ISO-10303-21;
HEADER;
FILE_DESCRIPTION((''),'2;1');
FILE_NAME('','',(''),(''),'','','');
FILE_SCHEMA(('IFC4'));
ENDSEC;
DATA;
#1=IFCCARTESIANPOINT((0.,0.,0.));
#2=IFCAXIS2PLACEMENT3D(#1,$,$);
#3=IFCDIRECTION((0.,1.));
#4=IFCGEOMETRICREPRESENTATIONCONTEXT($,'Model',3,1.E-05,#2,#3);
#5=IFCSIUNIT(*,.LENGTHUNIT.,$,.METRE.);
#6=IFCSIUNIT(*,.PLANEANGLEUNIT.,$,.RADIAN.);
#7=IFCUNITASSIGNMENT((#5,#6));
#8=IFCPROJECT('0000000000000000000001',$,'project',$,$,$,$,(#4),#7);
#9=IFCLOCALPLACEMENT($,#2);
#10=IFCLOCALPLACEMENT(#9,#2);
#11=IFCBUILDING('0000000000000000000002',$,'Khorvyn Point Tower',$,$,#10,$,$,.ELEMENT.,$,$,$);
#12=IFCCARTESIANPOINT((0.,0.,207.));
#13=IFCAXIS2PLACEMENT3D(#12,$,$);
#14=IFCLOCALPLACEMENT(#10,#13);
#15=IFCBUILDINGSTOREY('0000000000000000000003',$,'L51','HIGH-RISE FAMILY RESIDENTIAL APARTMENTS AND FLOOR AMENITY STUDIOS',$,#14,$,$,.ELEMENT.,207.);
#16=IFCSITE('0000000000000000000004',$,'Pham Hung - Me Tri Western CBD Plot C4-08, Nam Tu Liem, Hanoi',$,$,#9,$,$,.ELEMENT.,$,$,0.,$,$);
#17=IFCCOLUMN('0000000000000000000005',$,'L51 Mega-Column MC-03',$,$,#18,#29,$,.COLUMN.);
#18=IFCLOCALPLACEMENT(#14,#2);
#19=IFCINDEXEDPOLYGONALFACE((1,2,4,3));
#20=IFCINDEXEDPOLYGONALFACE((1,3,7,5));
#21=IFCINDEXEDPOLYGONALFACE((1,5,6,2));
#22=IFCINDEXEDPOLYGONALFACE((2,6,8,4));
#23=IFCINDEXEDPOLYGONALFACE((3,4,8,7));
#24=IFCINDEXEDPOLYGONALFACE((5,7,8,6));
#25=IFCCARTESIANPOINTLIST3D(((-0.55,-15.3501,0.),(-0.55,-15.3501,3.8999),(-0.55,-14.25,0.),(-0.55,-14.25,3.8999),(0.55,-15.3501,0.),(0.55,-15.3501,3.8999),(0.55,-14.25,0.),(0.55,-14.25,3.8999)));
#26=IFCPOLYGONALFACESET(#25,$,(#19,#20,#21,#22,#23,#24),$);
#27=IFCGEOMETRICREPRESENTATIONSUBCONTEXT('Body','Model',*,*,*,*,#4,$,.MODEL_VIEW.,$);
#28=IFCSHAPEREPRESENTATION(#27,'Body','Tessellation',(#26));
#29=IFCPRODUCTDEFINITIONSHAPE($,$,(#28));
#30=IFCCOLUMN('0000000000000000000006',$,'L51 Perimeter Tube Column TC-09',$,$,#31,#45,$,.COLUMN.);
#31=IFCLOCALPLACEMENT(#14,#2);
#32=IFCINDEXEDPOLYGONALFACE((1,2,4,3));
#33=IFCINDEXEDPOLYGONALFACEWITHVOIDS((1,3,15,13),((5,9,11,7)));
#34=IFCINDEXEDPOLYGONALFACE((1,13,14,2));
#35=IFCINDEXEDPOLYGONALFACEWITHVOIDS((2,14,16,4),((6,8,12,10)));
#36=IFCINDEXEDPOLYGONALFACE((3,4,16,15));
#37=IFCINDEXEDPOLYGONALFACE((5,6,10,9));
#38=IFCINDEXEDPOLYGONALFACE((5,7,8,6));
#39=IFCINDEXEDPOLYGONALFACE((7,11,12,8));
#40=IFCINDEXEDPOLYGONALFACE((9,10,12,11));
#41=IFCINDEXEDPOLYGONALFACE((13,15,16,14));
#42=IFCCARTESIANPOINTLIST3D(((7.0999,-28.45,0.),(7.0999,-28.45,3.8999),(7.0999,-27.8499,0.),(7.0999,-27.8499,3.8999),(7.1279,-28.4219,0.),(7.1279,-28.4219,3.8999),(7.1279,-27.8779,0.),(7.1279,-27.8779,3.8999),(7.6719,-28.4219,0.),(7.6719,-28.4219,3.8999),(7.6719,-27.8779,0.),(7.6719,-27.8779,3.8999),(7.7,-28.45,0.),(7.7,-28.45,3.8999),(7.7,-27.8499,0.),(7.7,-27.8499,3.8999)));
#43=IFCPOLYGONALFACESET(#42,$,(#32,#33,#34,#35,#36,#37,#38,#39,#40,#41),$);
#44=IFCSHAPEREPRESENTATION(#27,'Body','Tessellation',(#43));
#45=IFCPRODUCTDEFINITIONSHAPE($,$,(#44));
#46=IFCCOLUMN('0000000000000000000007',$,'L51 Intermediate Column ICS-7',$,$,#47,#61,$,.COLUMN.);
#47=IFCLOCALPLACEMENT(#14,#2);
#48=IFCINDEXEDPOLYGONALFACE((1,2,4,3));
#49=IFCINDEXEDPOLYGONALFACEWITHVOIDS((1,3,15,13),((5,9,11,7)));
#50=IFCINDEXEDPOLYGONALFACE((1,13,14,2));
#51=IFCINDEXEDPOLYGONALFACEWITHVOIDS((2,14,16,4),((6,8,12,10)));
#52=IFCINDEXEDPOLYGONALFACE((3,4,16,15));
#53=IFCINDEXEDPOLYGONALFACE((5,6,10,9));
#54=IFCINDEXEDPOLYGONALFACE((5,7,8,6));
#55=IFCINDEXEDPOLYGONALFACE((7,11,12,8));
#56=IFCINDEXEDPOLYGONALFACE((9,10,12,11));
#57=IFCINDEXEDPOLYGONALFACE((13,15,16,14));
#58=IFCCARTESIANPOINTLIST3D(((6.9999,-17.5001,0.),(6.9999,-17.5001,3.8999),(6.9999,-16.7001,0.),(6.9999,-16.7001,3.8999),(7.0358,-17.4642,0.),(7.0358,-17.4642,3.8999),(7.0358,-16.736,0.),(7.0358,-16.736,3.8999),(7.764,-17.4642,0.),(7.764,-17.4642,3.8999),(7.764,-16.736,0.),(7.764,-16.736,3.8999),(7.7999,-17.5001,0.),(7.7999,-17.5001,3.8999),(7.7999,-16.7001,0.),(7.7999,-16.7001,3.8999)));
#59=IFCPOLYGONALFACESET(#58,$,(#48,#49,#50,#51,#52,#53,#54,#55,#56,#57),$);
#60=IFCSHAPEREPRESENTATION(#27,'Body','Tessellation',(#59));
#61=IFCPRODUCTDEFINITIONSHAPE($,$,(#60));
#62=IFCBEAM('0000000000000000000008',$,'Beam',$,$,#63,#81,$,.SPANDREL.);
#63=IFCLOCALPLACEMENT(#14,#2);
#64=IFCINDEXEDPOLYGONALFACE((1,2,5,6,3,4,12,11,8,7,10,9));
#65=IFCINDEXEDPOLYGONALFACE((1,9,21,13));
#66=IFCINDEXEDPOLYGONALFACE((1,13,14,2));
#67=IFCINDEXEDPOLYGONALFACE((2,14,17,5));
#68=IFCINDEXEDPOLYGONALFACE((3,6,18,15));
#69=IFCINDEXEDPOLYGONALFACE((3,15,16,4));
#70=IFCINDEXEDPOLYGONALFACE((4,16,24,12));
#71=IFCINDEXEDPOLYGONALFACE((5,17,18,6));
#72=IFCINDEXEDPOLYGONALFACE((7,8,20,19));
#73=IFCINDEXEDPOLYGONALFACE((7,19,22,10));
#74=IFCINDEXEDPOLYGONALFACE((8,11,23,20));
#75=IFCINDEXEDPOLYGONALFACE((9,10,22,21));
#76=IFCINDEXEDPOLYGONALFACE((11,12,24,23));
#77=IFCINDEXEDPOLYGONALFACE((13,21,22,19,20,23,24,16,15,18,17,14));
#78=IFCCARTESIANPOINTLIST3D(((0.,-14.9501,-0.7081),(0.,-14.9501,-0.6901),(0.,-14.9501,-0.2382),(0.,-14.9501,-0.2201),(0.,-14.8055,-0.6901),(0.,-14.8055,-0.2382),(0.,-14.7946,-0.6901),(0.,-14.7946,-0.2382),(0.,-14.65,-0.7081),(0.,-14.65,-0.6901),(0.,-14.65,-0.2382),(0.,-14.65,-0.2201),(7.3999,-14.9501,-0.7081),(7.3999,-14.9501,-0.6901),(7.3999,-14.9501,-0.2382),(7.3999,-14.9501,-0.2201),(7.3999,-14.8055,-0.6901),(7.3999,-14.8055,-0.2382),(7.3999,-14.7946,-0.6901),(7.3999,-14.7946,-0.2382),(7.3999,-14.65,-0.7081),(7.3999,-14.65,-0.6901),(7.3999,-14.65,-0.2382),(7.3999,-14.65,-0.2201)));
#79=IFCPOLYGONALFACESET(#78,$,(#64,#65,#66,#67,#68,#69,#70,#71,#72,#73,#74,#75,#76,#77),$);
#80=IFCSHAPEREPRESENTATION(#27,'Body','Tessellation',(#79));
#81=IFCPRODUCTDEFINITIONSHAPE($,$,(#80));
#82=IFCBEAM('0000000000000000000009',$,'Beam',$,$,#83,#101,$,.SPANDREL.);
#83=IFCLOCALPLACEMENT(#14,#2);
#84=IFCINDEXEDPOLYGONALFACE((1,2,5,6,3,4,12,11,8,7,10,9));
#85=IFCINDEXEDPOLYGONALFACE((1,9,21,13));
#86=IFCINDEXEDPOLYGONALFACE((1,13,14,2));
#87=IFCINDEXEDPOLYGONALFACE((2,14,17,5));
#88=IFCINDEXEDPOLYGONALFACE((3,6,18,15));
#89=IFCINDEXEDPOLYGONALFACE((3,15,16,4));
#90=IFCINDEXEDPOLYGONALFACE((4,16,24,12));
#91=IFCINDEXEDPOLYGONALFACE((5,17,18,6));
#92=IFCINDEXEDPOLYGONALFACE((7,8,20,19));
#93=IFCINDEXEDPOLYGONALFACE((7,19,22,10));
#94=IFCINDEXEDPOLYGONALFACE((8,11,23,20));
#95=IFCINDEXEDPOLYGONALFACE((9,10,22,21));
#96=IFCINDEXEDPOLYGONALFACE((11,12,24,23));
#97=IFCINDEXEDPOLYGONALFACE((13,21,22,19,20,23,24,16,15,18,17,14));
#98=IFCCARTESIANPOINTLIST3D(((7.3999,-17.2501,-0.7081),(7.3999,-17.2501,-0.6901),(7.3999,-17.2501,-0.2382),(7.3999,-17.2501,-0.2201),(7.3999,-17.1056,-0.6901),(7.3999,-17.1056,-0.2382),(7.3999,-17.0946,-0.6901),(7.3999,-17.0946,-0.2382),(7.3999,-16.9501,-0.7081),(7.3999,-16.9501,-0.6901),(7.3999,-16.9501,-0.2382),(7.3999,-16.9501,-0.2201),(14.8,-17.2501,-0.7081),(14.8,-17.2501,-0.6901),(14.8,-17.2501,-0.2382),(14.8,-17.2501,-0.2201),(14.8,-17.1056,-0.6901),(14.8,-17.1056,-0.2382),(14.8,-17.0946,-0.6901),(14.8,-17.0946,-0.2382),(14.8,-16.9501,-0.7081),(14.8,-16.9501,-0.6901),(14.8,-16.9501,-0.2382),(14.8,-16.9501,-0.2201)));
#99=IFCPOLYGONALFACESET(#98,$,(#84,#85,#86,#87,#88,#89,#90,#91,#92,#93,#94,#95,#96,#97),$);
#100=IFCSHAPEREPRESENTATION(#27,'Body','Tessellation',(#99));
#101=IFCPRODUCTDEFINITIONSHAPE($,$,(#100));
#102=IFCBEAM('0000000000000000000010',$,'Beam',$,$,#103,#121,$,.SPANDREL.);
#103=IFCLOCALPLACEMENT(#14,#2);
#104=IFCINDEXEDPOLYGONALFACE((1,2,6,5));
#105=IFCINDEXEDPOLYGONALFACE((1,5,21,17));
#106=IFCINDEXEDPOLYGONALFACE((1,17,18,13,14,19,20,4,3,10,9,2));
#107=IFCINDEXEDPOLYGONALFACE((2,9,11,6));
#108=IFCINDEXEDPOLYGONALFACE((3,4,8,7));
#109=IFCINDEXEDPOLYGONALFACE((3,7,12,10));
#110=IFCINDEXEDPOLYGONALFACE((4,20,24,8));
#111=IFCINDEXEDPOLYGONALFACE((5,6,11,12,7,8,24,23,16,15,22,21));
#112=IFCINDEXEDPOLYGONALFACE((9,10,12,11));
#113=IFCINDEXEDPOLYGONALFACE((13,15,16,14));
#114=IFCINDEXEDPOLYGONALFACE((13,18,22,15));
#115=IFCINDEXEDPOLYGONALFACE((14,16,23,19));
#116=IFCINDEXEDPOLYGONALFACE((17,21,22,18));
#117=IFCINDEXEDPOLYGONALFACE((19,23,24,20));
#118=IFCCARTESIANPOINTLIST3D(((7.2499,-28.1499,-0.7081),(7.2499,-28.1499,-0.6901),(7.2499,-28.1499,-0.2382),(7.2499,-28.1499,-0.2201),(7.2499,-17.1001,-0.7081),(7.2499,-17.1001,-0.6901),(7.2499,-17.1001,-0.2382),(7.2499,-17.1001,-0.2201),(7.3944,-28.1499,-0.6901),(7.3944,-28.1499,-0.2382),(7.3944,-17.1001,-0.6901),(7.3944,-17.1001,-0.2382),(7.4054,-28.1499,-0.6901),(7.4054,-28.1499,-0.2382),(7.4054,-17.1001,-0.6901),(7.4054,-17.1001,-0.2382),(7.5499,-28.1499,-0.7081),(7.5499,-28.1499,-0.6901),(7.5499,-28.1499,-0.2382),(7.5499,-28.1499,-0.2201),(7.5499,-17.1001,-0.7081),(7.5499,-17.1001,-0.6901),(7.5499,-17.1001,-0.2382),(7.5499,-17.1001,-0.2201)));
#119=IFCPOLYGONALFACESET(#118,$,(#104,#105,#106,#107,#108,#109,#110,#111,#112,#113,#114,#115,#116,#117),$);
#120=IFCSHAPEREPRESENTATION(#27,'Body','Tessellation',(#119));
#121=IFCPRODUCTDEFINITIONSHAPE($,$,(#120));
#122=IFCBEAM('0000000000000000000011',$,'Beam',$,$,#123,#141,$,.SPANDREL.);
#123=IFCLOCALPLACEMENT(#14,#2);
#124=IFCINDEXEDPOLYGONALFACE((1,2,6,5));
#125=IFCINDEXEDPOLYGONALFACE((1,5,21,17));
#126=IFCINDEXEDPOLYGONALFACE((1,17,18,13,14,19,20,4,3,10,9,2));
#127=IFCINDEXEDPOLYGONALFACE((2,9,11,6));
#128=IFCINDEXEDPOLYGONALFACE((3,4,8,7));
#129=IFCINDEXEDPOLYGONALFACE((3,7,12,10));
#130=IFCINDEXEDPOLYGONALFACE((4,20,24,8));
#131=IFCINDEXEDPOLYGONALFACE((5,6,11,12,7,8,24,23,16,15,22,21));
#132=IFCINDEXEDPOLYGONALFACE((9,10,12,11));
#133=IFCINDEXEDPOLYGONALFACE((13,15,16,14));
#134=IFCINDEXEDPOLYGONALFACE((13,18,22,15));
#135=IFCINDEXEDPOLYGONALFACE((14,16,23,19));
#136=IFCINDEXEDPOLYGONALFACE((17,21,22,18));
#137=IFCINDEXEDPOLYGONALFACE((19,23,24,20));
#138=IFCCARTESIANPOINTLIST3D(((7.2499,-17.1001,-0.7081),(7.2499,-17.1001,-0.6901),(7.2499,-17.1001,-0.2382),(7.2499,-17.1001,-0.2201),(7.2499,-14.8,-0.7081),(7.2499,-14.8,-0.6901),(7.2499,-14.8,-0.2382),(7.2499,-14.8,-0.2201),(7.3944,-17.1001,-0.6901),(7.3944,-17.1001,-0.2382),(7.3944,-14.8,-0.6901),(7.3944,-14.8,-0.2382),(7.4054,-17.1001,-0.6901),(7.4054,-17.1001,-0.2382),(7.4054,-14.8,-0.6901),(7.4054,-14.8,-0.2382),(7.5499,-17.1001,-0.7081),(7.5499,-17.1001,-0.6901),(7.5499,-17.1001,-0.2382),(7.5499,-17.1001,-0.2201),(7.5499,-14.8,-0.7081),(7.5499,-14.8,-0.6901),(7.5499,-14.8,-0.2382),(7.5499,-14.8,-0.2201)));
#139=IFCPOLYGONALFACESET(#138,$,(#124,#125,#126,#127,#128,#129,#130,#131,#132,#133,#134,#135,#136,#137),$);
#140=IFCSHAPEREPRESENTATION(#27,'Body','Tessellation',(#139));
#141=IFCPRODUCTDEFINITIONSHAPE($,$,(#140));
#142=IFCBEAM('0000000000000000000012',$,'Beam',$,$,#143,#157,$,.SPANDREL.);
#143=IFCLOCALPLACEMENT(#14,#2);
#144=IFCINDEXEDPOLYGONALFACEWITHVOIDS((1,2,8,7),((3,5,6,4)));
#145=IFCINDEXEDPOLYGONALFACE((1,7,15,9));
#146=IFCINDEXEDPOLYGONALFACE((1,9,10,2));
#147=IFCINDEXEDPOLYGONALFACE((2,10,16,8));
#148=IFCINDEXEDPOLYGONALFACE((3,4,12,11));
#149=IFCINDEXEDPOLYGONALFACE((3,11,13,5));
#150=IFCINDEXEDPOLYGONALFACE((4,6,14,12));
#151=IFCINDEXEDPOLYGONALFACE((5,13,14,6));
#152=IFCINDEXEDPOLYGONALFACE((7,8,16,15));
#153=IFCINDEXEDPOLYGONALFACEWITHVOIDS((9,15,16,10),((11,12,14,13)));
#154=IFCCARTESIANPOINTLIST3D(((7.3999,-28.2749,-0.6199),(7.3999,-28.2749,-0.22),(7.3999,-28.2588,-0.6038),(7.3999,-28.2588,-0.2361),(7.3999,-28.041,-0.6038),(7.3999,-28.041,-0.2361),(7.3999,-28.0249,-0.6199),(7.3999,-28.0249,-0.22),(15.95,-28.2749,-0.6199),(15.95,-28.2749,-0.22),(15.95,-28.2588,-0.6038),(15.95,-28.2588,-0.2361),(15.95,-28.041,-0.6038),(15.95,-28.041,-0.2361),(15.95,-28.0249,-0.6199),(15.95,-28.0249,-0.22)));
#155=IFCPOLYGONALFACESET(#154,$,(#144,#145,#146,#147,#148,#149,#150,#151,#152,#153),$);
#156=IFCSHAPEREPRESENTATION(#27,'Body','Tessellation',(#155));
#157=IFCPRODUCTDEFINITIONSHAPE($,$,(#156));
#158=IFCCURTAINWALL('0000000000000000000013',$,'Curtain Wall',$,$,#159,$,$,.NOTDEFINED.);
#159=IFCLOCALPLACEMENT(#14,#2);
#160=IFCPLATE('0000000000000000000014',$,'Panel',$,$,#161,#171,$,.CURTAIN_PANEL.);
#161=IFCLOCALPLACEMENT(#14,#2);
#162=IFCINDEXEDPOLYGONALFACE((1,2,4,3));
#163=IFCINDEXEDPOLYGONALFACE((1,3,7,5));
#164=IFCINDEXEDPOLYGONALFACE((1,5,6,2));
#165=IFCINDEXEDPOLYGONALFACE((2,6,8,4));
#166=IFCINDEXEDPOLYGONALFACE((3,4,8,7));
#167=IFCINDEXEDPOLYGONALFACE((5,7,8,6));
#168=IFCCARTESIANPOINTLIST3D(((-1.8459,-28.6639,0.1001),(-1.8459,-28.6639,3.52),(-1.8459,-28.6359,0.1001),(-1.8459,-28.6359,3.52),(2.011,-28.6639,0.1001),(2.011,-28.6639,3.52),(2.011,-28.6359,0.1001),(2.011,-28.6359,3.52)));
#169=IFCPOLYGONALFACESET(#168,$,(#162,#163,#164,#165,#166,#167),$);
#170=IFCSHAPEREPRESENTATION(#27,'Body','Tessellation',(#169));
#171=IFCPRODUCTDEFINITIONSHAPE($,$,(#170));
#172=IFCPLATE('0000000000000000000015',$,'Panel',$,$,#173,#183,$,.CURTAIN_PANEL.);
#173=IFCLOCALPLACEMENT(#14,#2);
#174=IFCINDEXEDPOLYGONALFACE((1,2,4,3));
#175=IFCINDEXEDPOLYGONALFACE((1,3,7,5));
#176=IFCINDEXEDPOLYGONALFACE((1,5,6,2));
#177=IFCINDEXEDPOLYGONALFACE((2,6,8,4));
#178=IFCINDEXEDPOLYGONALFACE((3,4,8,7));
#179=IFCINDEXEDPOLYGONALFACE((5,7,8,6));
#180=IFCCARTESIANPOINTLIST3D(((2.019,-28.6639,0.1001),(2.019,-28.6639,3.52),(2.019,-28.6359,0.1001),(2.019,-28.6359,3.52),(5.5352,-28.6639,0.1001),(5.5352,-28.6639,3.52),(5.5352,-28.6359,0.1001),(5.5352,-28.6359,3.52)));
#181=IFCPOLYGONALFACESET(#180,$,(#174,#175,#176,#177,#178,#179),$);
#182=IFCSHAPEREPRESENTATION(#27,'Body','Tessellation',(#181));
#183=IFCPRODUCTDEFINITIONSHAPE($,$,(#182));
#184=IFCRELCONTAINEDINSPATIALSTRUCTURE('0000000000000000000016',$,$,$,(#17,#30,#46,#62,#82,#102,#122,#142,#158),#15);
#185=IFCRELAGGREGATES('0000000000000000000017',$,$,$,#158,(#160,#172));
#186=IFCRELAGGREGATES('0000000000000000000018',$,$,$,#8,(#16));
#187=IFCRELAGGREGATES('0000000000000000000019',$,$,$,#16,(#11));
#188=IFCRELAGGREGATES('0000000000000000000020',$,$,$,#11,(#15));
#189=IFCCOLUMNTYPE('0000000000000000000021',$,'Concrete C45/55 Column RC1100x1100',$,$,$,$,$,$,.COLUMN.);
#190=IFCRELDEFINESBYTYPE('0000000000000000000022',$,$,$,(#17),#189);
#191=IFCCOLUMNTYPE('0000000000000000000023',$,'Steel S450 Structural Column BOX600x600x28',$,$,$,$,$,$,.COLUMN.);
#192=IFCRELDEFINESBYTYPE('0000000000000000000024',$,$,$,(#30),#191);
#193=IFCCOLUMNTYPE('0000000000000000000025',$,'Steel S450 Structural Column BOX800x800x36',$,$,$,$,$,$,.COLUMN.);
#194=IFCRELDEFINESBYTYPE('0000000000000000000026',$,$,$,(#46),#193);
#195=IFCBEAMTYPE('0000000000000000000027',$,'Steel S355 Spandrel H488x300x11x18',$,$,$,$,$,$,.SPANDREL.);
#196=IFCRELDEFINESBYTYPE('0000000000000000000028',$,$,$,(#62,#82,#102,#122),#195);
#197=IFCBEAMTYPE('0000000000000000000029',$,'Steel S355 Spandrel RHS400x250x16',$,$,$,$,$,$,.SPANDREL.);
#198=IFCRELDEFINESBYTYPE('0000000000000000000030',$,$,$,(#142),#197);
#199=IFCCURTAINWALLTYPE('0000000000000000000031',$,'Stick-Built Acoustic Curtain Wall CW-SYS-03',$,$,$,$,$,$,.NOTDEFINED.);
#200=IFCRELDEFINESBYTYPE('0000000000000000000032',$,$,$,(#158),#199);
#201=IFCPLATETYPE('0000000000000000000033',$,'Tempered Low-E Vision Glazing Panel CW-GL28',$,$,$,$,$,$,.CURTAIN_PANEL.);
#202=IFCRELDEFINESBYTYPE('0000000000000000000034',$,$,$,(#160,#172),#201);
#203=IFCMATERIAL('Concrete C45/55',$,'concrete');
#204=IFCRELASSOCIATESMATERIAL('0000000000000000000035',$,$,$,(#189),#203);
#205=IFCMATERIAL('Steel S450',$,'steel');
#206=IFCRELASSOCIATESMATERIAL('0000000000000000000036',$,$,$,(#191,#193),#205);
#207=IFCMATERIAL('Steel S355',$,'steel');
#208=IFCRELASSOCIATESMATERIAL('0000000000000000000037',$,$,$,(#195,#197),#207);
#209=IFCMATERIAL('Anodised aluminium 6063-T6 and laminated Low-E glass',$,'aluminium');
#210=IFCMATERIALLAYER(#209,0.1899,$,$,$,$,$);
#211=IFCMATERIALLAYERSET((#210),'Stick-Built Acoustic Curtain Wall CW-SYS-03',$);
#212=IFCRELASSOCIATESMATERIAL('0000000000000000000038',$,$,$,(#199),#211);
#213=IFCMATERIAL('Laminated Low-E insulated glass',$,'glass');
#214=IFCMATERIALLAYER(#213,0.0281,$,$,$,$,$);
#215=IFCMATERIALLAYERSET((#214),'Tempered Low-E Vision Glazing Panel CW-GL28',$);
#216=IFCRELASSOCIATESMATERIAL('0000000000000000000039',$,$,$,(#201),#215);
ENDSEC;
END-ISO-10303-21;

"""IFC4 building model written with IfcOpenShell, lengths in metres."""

from ifc_helpers import new_model, si_unit, direction, frame, origin, origin_2d, place, context, subcontext, project, spatial, rectangle, hollow_rectangle, i_section, extrude, material, layer, layer_set, material_profile, profile_set, type_object, element, aggregate, save


model = new_model("IFC4")

# Units and contexts
model_context = context("Model", 3, precision=1e-05, world=origin(), true_north=direction((0.0, 1.0)))
body_context = subcontext(model_context, "Body", "Model", "MODEL_VIEW")
ifc_project = project(units=[si_unit("LENGTHUNIT", "METRE"), si_unit("PLANEANGLEUNIT", "RADIAN")], contexts=[model_context])

# Site, building, storey
site_placement = place(None, origin())
site = spatial("IfcSite", under=ifc_project, at=site_placement, Name="Pham Hung - Me Tri Western CBD Plot C4-08, Nam Tu Liem, Hanoi", CompositionType="ELEMENT", RefElevation=0.0)
building_placement = place(site_placement, origin())
building = spatial("IfcBuilding", under=site, at=building_placement, Name="Khorvyn Point Tower", CompositionType="ELEMENT")
storey_placement = place(building_placement, frame((0.0, 0.0, 207.0)))
storey = spatial("IfcBuildingStorey", under=building, at=storey_placement, Name="L51", Description="HIGH-RISE FAMILY RESIDENTIAL APARTMENTS AND FLOOR AMENITY STUDIOS", CompositionType="ELEMENT", Elevation=207.0)

# Columns
ifc_material_1 = material(Name="Concrete C45/55", Category="concrete")
ifc_material_profile_1 = material_profile(ifc_material_1, rectangle(XDim=1.1001, YDim=1.1001, at=origin_2d()))
ifc_profile_set_1 = profile_set([ifc_material_profile_1], Name="Concrete C45/55 RC1100x1100")
column_type_1 = type_object("IfcColumnType", Name="Concrete C45/55 Column RC1100x1100", PredefinedType="COLUMN", material=ifc_profile_set_1)
column_1_placement = place(storey_placement, frame((0.0, -14.8, 0.0), z_axis=(0.0, 0.0, 1.0), x_axis=(1.0, 0.0, 0.0)))
element("IfcColumn", 1, at=column_1_placement, inside=storey, type_object=column_type_1, Name="L51 Mega-Column MC-03", PredefinedType="COLUMN", context=body_context, shape_type="SweptSolid", body=[
    extrude(rectangle(XDim=1.1001, YDim=1.1001, at=origin_2d()), origin(), (0.0, 0.0, 1.0), 3.8999),
])
ifc_material_2 = material(Name="Steel S450", Category="steel")
ifc_material_profile_2 = material_profile(ifc_material_2, hollow_rectangle(XDim=0.6001, YDim=0.6001, WallThickness=0.0281, at=origin_2d()))
ifc_profile_set_2 = profile_set([ifc_material_profile_2], Name="Steel S450 BOX600x600x28")
column_type_2 = type_object("IfcColumnType", Name="Steel S450 Structural Column BOX600x600x28", PredefinedType="COLUMN", material=ifc_profile_set_2)
column_2_placement = place(storey_placement, frame((7.3999, -28.1499, 0.0), z_axis=(0.0, 0.0, 1.0), x_axis=(1.0, 0.0, 0.0)))
element("IfcColumn", 2, at=column_2_placement, inside=storey, type_object=column_type_2, Name="L51 Perimeter Tube Column TC-09", PredefinedType="COLUMN", context=body_context, shape_type="SweptSolid", body=[
    extrude(hollow_rectangle(XDim=0.6001, YDim=0.6001, WallThickness=0.0281, at=origin_2d()), origin(), (0.0, 0.0, 1.0), 3.8999),
])
ifc_material_profile_3 = material_profile(ifc_material_2, hollow_rectangle(XDim=0.8, YDim=0.8, WallThickness=0.0359, at=origin_2d()))
ifc_profile_set_3 = profile_set([ifc_material_profile_3], Name="Steel S450 BOX800x800x36")
column_type_3 = type_object("IfcColumnType", Name="Steel S450 Structural Column BOX800x800x36", PredefinedType="COLUMN", material=ifc_profile_set_3)
column_3_placement = place(storey_placement, frame((7.3999, -17.1001, 0.0), z_axis=(0.0, 0.0, 1.0), x_axis=(1.0, 0.0, 0.0)))
element("IfcColumn", 3, at=column_3_placement, inside=storey, type_object=column_type_3, Name="L51 Intermediate Column ICS-7", PredefinedType="COLUMN", context=body_context, shape_type="SweptSolid", body=[
    extrude(hollow_rectangle(XDim=0.8, YDim=0.8, WallThickness=0.0359, at=origin_2d()), origin(), (0.0, 0.0, 1.0), 3.8999),
])

# Beams
ifc_material_3 = material(Name="Steel S355", Category="steel")
ifc_material_profile_4 = material_profile(ifc_material_3, i_section(OverallWidth=0.3, OverallDepth=0.488, WebThickness=0.011, FlangeThickness=0.0181, at=origin_2d()))
ifc_profile_set_4 = profile_set([ifc_material_profile_4], Name="Steel S355 H488x300x11x18")
beam_type_1 = type_object("IfcBeamType", Name="Steel S355 Spandrel H488x300x11x18", PredefinedType="SPANDREL", material=ifc_profile_set_4)
beam_1_placement = place(storey_placement, frame((0.0, -14.8, -0.4641), z_axis=(1.0, 0.0, 0.0), x_axis=(0.0, 1.0, 0.0)))
element("IfcBeam", 4, at=beam_1_placement, inside=storey, type_object=beam_type_1, Name="Beam", PredefinedType="SPANDREL", context=body_context, shape_type="SweptSolid", body=[
    extrude(i_section(OverallWidth=0.3, OverallDepth=0.488, WebThickness=0.011, FlangeThickness=0.0181, at=origin_2d()), origin(), (0.0, 0.0, 1.0), 7.3999),
])
beam_2_placement = place(storey_placement, frame((7.3999, -17.1001, -0.4641), z_axis=(1.0, 0.0, 0.0), x_axis=(0.0, 1.0, 0.0)))
element("IfcBeam", 5, at=beam_2_placement, inside=storey, type_object=beam_type_1, Name="Beam", PredefinedType="SPANDREL", context=body_context, shape_type="SweptSolid", body=[
    extrude(i_section(OverallWidth=0.3, OverallDepth=0.488, WebThickness=0.011, FlangeThickness=0.0181, at=origin_2d()), origin(), (0.0, 0.0, 1.0), 7.4001),
])
beam_3_placement = place(storey_placement, frame((7.3999, -28.1499, -0.4641), z_axis=(0.0, 1.0, 0.0), x_axis=(-1.0, 0.0, 0.0)))
element("IfcBeam", 6, at=beam_3_placement, inside=storey, type_object=beam_type_1, Name="Beam", PredefinedType="SPANDREL", context=body_context, shape_type="SweptSolid", body=[
    extrude(i_section(OverallWidth=0.3, OverallDepth=0.488, WebThickness=0.011, FlangeThickness=0.0181, at=origin_2d()), origin(), (0.0, 0.0, 1.0), 11.0498),
])
beam_4_placement = place(storey_placement, frame((7.3999, -17.1001, -0.4641), z_axis=(0.0, 1.0, 0.0), x_axis=(-1.0, 0.0, 0.0)))
element("IfcBeam", 7, at=beam_4_placement, inside=storey, type_object=beam_type_1, Name="Beam", PredefinedType="SPANDREL", context=body_context, shape_type="SweptSolid", body=[
    extrude(i_section(OverallWidth=0.3, OverallDepth=0.488, WebThickness=0.011, FlangeThickness=0.0181, at=origin_2d()), origin(), (0.0, 0.0, 1.0), 2.3),
])
ifc_material_profile_5 = material_profile(ifc_material_3, hollow_rectangle(XDim=0.25, YDim=0.3999, WallThickness=0.0161, at=origin_2d()))
ifc_profile_set_5 = profile_set([ifc_material_profile_5], Name="Steel S355 RHS400x250x16")
beam_type_2 = type_object("IfcBeamType", Name="Steel S355 Spandrel RHS400x250x16", PredefinedType="SPANDREL", material=ifc_profile_set_5)
beam_5_placement = place(storey_placement, frame((7.3999, -28.1499, -0.4199), z_axis=(1.0, 0.0, 0.0), x_axis=(0.0, 1.0, 0.0)))
element("IfcBeam", 8, at=beam_5_placement, inside=storey, type_object=beam_type_2, Name="Beam", PredefinedType="SPANDREL", context=body_context, shape_type="SweptSolid", body=[
    extrude(hollow_rectangle(XDim=0.25, YDim=0.3999, WallThickness=0.0161, at=origin_2d()), origin(), (0.0, 0.0, 1.0), 8.55),
])

# Curtain wall, plates
ifc_material_4 = material(Name="Anodised aluminium 6063-T6 and laminated Low-E glass", Category="aluminium")
ifc_layer_1 = layer(ifc_material_4, 0.1899)
ifc_layer_set_1 = layer_set([ifc_layer_1], Name="Stick-Built Acoustic Curtain Wall CW-SYS-03")
curtain_wall_type = type_object("IfcCurtainWallType", Name="Stick-Built Acoustic Curtain Wall CW-SYS-03", PredefinedType="NOTDEFINED", material=ifc_layer_set_1)
curtain_wall_placement = place(storey_placement, origin())
curtain_wall = element("IfcCurtainWall", 9, at=curtain_wall_placement, inside=storey, type_object=curtain_wall_type, Name="Curtain Wall", PredefinedType="NOTDEFINED")
ifc_material_5 = material(Name="Laminated Low-E insulated glass", Category="glass")
ifc_layer_2 = layer(ifc_material_5, 0.0281)
ifc_layer_set_2 = layer_set([ifc_layer_2], Name="Tempered Low-E Vision Glazing Panel CW-GL28")
plate_type = type_object("IfcPlateType", Name="Tempered Low-E Vision Glazing Panel CW-GL28", PredefinedType="CURTAIN_PANEL", material=ifc_layer_set_2)
plate_1_placement = place(storey_placement, frame((0.0825, -28.6499, 0.1001), z_axis=(0.0, 0.0, 1.0), x_axis=(-1.0, 0.0, 0.0)))
plate_1 = element("IfcPlate", 10, at=plate_1_placement, type_object=plate_type, Name="Panel", PredefinedType="CURTAIN_PANEL", context=body_context, shape_type="SweptSolid", body=[
    extrude(rectangle(XDim=3.8569, YDim=0.0281, at=origin_2d()), origin(), (0.0, 0.0, 1.0), 3.4199),
])
plate_2_placement = place(storey_placement, frame((3.7771, -28.6499, 0.1001), z_axis=(0.0, 0.0, 1.0), x_axis=(-1.0, 0.0, 0.0)))
plate_2 = element("IfcPlate", 11, at=plate_2_placement, type_object=plate_type, Name="Panel", PredefinedType="CURTAIN_PANEL", context=body_context, shape_type="SweptSolid", body=[
    extrude(rectangle(XDim=3.5161, YDim=0.0281, at=origin_2d()), origin(), (0.0, 0.0, 1.0), 3.4199),
])
aggregate(curtain_wall, [plate_1, plate_2])

save(model, "model.ifc")
